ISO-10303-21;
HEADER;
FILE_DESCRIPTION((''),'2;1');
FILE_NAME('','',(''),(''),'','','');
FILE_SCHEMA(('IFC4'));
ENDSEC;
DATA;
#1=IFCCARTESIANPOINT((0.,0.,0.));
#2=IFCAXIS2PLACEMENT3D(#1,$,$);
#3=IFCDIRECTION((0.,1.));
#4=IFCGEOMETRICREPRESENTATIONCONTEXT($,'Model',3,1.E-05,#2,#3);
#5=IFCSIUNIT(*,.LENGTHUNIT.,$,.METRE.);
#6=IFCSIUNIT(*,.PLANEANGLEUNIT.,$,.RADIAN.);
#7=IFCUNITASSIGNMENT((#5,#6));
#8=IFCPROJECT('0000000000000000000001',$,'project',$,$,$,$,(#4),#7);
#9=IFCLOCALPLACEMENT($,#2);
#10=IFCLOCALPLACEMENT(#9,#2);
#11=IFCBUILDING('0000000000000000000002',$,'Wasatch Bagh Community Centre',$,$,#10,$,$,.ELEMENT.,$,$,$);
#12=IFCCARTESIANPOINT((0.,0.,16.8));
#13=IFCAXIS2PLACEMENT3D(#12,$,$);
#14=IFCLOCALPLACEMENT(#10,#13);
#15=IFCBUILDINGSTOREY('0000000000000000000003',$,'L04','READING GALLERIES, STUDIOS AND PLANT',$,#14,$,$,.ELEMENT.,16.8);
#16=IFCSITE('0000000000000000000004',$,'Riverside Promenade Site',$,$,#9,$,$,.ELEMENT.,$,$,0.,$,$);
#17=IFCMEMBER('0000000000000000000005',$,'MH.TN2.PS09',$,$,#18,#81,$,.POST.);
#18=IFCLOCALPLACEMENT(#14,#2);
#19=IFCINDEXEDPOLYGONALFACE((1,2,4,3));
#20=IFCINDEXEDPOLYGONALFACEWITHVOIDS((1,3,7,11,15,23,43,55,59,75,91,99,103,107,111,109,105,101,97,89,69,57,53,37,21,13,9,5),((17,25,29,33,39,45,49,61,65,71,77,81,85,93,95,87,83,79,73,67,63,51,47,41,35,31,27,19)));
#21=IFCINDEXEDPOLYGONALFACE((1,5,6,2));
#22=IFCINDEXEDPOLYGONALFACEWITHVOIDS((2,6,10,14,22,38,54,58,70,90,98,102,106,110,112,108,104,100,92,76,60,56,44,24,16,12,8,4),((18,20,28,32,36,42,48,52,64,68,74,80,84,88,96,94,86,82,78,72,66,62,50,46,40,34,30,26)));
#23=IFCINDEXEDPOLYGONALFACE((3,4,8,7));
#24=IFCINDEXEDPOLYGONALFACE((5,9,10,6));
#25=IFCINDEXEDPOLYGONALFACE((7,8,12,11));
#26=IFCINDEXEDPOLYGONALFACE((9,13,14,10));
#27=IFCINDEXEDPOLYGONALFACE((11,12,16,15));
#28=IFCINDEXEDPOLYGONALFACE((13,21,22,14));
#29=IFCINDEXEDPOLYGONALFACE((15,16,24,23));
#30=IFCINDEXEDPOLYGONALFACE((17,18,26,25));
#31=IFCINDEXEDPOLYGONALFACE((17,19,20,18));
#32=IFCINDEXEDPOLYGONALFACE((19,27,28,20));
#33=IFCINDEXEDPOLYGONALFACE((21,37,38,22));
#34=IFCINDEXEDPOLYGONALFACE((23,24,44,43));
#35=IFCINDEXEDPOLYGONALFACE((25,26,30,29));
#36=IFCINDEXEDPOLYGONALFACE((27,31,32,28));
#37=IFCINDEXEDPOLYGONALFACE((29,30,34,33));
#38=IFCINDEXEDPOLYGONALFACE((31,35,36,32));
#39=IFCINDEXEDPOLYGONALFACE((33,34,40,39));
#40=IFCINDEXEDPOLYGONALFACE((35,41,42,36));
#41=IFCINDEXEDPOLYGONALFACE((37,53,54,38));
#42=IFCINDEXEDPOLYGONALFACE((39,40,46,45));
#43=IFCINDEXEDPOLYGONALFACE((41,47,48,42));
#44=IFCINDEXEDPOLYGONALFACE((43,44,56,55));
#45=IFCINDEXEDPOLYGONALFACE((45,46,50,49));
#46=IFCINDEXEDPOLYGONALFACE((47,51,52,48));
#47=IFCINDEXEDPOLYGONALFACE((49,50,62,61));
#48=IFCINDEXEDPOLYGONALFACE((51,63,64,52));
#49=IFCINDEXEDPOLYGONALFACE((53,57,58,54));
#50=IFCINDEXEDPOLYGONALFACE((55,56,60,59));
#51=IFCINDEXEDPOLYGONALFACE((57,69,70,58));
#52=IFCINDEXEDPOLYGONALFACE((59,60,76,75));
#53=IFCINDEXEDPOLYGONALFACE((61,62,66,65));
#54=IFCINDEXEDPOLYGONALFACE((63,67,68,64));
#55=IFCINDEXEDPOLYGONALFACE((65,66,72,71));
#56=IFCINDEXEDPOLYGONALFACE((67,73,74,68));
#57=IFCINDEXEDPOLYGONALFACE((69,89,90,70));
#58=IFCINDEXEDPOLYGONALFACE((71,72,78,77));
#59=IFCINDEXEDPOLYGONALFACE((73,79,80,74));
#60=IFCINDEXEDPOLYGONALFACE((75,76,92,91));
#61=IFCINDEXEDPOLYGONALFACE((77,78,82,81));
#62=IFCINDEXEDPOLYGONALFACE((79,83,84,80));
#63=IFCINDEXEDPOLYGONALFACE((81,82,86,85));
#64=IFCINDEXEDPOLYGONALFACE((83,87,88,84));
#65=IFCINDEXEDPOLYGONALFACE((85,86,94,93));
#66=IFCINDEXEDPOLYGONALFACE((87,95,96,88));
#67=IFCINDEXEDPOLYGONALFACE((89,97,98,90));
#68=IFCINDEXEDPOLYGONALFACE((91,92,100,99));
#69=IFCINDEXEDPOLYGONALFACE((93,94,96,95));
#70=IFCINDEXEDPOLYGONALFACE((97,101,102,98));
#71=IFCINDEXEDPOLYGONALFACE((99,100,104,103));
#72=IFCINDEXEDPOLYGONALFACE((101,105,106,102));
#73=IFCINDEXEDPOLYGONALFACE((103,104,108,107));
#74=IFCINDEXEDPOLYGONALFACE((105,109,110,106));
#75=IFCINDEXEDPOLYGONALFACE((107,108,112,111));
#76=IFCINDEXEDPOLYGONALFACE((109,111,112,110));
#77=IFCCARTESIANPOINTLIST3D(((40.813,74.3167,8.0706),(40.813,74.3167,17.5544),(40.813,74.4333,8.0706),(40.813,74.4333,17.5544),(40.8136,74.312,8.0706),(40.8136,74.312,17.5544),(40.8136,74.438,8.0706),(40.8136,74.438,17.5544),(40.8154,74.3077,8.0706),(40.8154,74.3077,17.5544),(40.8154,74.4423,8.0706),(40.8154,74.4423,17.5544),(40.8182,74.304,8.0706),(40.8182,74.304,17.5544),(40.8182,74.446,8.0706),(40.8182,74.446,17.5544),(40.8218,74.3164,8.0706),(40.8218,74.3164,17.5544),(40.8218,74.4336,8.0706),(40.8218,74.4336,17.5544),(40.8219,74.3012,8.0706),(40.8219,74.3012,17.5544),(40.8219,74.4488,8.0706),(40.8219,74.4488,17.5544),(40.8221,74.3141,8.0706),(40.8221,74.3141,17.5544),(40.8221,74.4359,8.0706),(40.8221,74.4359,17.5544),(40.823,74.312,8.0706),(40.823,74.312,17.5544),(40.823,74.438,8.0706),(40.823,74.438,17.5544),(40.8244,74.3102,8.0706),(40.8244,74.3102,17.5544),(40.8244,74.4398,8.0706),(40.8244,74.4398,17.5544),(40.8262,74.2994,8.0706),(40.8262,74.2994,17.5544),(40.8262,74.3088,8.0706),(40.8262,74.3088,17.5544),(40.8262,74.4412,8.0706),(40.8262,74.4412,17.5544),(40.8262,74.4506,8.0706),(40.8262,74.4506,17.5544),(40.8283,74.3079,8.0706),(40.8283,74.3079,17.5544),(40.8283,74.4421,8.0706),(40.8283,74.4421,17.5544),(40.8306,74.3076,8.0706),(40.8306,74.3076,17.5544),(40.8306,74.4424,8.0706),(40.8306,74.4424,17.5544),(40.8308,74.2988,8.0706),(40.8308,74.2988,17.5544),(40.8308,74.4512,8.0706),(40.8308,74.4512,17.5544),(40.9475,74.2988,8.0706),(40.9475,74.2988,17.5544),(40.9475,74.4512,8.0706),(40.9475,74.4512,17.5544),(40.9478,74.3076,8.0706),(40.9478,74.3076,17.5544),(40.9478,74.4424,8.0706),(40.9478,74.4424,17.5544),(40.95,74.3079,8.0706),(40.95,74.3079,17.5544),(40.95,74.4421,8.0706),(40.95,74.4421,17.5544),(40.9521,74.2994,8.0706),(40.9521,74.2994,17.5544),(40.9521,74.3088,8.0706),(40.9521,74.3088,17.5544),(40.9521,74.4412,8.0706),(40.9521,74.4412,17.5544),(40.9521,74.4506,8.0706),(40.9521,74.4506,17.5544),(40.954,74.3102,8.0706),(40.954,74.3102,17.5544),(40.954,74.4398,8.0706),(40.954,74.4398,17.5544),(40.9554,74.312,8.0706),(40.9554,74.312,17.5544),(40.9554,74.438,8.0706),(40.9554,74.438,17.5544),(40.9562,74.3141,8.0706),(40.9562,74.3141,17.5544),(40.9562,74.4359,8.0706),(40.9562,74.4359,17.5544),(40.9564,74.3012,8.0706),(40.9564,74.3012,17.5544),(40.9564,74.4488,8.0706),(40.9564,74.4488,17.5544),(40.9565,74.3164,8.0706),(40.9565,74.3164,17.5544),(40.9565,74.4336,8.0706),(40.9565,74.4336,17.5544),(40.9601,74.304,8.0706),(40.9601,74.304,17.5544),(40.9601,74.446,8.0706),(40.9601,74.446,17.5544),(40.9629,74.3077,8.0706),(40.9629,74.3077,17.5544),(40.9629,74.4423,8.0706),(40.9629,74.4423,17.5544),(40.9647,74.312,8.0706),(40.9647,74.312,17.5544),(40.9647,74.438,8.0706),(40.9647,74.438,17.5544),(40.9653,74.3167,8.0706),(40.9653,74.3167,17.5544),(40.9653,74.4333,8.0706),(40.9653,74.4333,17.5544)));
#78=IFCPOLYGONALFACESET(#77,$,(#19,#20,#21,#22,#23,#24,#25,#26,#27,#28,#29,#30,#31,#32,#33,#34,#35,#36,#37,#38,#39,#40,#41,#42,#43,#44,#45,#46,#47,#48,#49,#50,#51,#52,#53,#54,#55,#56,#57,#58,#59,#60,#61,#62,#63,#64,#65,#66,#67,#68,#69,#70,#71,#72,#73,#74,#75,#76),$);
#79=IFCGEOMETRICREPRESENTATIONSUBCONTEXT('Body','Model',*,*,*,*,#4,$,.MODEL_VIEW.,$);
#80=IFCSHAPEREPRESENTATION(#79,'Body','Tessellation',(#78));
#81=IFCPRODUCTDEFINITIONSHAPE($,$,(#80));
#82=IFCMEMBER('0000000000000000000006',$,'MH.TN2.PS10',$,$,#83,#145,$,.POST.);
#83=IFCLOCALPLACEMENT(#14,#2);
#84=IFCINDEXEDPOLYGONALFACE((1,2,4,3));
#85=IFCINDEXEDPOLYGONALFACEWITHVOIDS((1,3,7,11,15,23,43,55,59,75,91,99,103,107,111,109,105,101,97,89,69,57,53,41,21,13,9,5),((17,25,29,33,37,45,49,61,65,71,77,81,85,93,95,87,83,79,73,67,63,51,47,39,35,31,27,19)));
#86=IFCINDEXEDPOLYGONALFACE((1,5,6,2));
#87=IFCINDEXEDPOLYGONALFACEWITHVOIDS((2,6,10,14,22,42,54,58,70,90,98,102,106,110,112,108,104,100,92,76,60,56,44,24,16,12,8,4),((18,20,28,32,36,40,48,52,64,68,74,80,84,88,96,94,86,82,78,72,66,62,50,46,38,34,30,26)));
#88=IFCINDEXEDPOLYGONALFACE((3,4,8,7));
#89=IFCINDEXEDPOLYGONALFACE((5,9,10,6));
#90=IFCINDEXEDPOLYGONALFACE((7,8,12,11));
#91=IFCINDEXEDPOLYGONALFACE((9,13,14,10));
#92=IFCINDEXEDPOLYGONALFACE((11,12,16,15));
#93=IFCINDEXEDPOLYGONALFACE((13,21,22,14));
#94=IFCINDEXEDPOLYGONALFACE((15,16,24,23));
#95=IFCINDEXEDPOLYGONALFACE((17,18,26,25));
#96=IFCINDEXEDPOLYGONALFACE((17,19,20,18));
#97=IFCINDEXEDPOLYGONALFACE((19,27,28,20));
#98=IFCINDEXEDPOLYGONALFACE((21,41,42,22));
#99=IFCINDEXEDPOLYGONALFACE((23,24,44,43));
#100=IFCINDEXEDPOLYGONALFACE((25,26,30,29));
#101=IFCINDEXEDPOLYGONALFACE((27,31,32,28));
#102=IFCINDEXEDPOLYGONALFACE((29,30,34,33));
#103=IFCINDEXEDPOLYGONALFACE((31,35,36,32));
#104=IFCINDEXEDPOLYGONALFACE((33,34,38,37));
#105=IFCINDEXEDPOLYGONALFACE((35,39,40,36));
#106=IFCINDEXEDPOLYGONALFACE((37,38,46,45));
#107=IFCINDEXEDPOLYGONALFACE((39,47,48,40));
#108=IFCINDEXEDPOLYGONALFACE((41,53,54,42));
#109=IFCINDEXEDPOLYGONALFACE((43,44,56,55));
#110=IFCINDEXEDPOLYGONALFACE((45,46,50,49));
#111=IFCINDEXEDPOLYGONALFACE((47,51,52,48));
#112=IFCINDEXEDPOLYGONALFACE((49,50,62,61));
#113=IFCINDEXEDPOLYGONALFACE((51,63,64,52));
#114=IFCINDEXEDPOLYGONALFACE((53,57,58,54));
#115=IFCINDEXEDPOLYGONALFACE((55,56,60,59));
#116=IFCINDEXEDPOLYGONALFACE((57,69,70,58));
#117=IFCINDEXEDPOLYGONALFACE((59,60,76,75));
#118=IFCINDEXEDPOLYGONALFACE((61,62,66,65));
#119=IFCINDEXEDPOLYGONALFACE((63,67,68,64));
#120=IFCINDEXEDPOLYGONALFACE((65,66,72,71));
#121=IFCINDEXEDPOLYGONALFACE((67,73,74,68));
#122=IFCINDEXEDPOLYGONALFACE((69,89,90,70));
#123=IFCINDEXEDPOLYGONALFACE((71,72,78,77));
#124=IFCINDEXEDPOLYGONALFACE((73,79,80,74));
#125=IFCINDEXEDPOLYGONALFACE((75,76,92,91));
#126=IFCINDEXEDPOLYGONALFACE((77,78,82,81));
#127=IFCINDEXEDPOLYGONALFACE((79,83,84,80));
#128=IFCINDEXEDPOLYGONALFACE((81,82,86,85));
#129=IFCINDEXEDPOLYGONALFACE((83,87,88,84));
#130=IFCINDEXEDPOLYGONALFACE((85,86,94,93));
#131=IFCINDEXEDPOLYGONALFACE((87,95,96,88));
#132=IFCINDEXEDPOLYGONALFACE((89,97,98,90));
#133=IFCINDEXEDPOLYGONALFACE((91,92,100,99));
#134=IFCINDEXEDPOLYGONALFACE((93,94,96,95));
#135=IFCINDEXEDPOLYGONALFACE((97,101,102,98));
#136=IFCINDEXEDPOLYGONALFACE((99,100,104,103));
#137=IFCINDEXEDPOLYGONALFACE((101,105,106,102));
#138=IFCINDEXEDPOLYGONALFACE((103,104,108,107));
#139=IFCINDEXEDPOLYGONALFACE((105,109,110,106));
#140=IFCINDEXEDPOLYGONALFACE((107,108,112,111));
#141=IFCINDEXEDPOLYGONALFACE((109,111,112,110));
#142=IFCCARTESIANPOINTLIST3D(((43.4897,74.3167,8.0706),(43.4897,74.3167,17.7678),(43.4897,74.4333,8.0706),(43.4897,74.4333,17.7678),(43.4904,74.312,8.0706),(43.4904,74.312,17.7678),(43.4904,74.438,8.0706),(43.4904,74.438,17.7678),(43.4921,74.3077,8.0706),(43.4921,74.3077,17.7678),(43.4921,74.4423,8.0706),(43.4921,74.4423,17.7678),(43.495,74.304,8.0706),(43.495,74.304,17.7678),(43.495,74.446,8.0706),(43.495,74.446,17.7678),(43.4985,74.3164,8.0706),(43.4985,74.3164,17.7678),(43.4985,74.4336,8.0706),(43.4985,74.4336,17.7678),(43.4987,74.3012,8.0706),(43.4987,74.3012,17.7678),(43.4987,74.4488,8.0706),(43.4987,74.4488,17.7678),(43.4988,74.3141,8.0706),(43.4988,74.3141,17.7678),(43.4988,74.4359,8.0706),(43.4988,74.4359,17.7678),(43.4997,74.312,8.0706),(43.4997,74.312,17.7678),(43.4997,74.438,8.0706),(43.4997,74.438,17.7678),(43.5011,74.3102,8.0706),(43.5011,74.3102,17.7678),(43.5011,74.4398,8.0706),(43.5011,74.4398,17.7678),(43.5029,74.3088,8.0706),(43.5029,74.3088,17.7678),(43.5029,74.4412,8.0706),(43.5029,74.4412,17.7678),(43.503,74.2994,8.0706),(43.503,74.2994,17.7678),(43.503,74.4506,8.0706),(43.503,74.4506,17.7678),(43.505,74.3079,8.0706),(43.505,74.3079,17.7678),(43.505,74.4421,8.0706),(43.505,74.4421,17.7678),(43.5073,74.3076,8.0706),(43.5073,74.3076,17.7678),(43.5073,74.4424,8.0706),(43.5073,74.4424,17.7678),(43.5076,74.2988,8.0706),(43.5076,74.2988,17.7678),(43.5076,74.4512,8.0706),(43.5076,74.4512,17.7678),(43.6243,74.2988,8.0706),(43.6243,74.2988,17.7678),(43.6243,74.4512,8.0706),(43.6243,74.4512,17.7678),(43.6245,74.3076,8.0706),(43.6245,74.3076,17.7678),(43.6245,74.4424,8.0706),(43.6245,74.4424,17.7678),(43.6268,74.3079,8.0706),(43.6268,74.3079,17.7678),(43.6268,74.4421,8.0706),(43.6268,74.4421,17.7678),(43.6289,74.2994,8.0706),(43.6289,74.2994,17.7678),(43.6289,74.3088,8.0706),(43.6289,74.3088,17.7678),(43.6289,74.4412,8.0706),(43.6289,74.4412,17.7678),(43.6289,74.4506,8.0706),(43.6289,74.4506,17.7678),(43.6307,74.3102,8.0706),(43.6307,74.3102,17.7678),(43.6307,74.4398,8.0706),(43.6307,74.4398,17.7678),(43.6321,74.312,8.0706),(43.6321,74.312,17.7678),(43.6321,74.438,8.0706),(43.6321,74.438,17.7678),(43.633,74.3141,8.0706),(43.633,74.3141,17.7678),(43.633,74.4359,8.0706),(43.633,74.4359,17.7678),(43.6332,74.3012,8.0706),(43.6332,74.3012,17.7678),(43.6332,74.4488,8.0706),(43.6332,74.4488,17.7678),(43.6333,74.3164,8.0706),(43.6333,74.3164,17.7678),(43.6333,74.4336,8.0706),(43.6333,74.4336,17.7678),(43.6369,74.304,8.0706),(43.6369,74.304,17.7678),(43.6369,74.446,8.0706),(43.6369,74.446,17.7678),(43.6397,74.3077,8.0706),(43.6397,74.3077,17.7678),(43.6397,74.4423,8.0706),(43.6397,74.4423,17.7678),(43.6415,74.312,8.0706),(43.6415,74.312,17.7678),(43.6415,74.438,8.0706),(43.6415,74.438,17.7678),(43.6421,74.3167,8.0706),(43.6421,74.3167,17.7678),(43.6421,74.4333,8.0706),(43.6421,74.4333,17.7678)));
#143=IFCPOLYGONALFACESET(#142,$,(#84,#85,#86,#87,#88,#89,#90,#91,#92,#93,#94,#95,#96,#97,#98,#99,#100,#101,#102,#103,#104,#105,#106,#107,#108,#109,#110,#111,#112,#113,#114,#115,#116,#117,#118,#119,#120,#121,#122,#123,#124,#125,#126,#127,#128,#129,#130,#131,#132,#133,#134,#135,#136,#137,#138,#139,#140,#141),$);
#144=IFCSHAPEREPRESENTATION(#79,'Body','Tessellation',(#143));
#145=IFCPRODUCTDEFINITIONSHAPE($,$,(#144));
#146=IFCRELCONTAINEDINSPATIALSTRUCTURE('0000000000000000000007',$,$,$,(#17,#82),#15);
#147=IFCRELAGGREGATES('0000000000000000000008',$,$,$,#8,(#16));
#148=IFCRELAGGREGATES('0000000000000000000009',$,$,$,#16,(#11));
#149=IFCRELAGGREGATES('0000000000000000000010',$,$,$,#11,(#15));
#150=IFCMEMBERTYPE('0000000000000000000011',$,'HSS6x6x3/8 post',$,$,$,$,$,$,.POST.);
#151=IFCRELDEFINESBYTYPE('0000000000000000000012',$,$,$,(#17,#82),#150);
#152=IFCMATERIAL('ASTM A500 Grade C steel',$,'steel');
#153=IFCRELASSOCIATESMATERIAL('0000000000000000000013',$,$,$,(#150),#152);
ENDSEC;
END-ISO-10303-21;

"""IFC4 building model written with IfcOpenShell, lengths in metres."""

from ifc_helpers import new_model, si_unit, direction, frame, origin, origin_2d, place, context, subcontext, project, spatial, hollow_rectangle, extrude, material, material_profile, profile_set, type_object, element, save


model = new_model("IFC4")

# Units and contexts
model_context = context("Model", 3, precision=1e-05, world=origin(), true_north=direction((0.0, 1.0)))
body_context = subcontext(model_context, "Body", "Model", "MODEL_VIEW")
ifc_project = project(units=[si_unit("LENGTHUNIT", "METRE"), si_unit("PLANEANGLEUNIT", "RADIAN")], contexts=[model_context])

# Site, building, storey
site_placement = place(None, origin())
site = spatial("IfcSite", under=ifc_project, at=site_placement, Name="Riverside Promenade Site", CompositionType="ELEMENT", RefElevation=0.0)
building_placement = place(site_placement, origin())
building = spatial("IfcBuilding", under=site, at=building_placement, Name="Wasatch Bagh Community Centre", CompositionType="ELEMENT")
storey_placement = place(building_placement, frame((0.0, 0.0, 16.8)))
storey = spatial("IfcBuildingStorey", under=building, at=storey_placement, Name="L04", Description="READING GALLERIES, STUDIOS AND PLANT", CompositionType="ELEMENT", Elevation=16.8)

# Members
ifc_material_1 = material(Name="ASTM A500 Grade C steel", Category="steel")
ifc_material_profile_1 = material_profile(ifc_material_1, hollow_rectangle(XDim=0.1523, YDim=0.1523, WallThickness=0.0088, InnerFilletRadius=0.0088, OuterFilletRadius=0.0178, at=origin_2d()), Name="HSS6x6x3/8")
ifc_profile_set_1 = profile_set([ifc_material_profile_1], Name="ASTM A500 Grade C steel")
member_type_1 = type_object("IfcMemberType", Name="HSS6x6x3/8 post", PredefinedType="POST", material=ifc_profile_set_1)
member_1_placement = place(storey_placement, frame((40.8892, 74.375, 8.0706), z_axis=(0.0, 0.0, 1.0), x_axis=(1.0, 0.0, 0.0)))
element("IfcMember", 1, at=member_1_placement, inside=storey, type_object=member_type_1, Name="MH.TN2.PS09", PredefinedType="POST", context=body_context, shape_type="SweptSolid", body=[
    extrude(hollow_rectangle(XDim=0.1523, YDim=0.1523, WallThickness=0.0088, InnerFilletRadius=0.0088, OuterFilletRadius=0.0178, at=origin_2d()), origin(), (0.0, 0.0, 1.0), 9.4839),
])
member_2_placement = place(storey_placement, frame((43.5659, 74.375, 8.0706), z_axis=(0.0, 0.0, 1.0), x_axis=(1.0, 0.0, 0.0)))
element("IfcMember", 2, at=member_2_placement, inside=storey, type_object=member_type_1, Name="MH.TN2.PS10", PredefinedType="POST", context=body_context, shape_type="SweptSolid", body=[
    extrude(hollow_rectangle(XDim=0.1523, YDim=0.1523, WallThickness=0.0088, InnerFilletRadius=0.0088, OuterFilletRadius=0.0178, at=origin_2d()), origin(), (0.0, 0.0, 1.0), 9.6973),
])

save(model, "model.ifc")
